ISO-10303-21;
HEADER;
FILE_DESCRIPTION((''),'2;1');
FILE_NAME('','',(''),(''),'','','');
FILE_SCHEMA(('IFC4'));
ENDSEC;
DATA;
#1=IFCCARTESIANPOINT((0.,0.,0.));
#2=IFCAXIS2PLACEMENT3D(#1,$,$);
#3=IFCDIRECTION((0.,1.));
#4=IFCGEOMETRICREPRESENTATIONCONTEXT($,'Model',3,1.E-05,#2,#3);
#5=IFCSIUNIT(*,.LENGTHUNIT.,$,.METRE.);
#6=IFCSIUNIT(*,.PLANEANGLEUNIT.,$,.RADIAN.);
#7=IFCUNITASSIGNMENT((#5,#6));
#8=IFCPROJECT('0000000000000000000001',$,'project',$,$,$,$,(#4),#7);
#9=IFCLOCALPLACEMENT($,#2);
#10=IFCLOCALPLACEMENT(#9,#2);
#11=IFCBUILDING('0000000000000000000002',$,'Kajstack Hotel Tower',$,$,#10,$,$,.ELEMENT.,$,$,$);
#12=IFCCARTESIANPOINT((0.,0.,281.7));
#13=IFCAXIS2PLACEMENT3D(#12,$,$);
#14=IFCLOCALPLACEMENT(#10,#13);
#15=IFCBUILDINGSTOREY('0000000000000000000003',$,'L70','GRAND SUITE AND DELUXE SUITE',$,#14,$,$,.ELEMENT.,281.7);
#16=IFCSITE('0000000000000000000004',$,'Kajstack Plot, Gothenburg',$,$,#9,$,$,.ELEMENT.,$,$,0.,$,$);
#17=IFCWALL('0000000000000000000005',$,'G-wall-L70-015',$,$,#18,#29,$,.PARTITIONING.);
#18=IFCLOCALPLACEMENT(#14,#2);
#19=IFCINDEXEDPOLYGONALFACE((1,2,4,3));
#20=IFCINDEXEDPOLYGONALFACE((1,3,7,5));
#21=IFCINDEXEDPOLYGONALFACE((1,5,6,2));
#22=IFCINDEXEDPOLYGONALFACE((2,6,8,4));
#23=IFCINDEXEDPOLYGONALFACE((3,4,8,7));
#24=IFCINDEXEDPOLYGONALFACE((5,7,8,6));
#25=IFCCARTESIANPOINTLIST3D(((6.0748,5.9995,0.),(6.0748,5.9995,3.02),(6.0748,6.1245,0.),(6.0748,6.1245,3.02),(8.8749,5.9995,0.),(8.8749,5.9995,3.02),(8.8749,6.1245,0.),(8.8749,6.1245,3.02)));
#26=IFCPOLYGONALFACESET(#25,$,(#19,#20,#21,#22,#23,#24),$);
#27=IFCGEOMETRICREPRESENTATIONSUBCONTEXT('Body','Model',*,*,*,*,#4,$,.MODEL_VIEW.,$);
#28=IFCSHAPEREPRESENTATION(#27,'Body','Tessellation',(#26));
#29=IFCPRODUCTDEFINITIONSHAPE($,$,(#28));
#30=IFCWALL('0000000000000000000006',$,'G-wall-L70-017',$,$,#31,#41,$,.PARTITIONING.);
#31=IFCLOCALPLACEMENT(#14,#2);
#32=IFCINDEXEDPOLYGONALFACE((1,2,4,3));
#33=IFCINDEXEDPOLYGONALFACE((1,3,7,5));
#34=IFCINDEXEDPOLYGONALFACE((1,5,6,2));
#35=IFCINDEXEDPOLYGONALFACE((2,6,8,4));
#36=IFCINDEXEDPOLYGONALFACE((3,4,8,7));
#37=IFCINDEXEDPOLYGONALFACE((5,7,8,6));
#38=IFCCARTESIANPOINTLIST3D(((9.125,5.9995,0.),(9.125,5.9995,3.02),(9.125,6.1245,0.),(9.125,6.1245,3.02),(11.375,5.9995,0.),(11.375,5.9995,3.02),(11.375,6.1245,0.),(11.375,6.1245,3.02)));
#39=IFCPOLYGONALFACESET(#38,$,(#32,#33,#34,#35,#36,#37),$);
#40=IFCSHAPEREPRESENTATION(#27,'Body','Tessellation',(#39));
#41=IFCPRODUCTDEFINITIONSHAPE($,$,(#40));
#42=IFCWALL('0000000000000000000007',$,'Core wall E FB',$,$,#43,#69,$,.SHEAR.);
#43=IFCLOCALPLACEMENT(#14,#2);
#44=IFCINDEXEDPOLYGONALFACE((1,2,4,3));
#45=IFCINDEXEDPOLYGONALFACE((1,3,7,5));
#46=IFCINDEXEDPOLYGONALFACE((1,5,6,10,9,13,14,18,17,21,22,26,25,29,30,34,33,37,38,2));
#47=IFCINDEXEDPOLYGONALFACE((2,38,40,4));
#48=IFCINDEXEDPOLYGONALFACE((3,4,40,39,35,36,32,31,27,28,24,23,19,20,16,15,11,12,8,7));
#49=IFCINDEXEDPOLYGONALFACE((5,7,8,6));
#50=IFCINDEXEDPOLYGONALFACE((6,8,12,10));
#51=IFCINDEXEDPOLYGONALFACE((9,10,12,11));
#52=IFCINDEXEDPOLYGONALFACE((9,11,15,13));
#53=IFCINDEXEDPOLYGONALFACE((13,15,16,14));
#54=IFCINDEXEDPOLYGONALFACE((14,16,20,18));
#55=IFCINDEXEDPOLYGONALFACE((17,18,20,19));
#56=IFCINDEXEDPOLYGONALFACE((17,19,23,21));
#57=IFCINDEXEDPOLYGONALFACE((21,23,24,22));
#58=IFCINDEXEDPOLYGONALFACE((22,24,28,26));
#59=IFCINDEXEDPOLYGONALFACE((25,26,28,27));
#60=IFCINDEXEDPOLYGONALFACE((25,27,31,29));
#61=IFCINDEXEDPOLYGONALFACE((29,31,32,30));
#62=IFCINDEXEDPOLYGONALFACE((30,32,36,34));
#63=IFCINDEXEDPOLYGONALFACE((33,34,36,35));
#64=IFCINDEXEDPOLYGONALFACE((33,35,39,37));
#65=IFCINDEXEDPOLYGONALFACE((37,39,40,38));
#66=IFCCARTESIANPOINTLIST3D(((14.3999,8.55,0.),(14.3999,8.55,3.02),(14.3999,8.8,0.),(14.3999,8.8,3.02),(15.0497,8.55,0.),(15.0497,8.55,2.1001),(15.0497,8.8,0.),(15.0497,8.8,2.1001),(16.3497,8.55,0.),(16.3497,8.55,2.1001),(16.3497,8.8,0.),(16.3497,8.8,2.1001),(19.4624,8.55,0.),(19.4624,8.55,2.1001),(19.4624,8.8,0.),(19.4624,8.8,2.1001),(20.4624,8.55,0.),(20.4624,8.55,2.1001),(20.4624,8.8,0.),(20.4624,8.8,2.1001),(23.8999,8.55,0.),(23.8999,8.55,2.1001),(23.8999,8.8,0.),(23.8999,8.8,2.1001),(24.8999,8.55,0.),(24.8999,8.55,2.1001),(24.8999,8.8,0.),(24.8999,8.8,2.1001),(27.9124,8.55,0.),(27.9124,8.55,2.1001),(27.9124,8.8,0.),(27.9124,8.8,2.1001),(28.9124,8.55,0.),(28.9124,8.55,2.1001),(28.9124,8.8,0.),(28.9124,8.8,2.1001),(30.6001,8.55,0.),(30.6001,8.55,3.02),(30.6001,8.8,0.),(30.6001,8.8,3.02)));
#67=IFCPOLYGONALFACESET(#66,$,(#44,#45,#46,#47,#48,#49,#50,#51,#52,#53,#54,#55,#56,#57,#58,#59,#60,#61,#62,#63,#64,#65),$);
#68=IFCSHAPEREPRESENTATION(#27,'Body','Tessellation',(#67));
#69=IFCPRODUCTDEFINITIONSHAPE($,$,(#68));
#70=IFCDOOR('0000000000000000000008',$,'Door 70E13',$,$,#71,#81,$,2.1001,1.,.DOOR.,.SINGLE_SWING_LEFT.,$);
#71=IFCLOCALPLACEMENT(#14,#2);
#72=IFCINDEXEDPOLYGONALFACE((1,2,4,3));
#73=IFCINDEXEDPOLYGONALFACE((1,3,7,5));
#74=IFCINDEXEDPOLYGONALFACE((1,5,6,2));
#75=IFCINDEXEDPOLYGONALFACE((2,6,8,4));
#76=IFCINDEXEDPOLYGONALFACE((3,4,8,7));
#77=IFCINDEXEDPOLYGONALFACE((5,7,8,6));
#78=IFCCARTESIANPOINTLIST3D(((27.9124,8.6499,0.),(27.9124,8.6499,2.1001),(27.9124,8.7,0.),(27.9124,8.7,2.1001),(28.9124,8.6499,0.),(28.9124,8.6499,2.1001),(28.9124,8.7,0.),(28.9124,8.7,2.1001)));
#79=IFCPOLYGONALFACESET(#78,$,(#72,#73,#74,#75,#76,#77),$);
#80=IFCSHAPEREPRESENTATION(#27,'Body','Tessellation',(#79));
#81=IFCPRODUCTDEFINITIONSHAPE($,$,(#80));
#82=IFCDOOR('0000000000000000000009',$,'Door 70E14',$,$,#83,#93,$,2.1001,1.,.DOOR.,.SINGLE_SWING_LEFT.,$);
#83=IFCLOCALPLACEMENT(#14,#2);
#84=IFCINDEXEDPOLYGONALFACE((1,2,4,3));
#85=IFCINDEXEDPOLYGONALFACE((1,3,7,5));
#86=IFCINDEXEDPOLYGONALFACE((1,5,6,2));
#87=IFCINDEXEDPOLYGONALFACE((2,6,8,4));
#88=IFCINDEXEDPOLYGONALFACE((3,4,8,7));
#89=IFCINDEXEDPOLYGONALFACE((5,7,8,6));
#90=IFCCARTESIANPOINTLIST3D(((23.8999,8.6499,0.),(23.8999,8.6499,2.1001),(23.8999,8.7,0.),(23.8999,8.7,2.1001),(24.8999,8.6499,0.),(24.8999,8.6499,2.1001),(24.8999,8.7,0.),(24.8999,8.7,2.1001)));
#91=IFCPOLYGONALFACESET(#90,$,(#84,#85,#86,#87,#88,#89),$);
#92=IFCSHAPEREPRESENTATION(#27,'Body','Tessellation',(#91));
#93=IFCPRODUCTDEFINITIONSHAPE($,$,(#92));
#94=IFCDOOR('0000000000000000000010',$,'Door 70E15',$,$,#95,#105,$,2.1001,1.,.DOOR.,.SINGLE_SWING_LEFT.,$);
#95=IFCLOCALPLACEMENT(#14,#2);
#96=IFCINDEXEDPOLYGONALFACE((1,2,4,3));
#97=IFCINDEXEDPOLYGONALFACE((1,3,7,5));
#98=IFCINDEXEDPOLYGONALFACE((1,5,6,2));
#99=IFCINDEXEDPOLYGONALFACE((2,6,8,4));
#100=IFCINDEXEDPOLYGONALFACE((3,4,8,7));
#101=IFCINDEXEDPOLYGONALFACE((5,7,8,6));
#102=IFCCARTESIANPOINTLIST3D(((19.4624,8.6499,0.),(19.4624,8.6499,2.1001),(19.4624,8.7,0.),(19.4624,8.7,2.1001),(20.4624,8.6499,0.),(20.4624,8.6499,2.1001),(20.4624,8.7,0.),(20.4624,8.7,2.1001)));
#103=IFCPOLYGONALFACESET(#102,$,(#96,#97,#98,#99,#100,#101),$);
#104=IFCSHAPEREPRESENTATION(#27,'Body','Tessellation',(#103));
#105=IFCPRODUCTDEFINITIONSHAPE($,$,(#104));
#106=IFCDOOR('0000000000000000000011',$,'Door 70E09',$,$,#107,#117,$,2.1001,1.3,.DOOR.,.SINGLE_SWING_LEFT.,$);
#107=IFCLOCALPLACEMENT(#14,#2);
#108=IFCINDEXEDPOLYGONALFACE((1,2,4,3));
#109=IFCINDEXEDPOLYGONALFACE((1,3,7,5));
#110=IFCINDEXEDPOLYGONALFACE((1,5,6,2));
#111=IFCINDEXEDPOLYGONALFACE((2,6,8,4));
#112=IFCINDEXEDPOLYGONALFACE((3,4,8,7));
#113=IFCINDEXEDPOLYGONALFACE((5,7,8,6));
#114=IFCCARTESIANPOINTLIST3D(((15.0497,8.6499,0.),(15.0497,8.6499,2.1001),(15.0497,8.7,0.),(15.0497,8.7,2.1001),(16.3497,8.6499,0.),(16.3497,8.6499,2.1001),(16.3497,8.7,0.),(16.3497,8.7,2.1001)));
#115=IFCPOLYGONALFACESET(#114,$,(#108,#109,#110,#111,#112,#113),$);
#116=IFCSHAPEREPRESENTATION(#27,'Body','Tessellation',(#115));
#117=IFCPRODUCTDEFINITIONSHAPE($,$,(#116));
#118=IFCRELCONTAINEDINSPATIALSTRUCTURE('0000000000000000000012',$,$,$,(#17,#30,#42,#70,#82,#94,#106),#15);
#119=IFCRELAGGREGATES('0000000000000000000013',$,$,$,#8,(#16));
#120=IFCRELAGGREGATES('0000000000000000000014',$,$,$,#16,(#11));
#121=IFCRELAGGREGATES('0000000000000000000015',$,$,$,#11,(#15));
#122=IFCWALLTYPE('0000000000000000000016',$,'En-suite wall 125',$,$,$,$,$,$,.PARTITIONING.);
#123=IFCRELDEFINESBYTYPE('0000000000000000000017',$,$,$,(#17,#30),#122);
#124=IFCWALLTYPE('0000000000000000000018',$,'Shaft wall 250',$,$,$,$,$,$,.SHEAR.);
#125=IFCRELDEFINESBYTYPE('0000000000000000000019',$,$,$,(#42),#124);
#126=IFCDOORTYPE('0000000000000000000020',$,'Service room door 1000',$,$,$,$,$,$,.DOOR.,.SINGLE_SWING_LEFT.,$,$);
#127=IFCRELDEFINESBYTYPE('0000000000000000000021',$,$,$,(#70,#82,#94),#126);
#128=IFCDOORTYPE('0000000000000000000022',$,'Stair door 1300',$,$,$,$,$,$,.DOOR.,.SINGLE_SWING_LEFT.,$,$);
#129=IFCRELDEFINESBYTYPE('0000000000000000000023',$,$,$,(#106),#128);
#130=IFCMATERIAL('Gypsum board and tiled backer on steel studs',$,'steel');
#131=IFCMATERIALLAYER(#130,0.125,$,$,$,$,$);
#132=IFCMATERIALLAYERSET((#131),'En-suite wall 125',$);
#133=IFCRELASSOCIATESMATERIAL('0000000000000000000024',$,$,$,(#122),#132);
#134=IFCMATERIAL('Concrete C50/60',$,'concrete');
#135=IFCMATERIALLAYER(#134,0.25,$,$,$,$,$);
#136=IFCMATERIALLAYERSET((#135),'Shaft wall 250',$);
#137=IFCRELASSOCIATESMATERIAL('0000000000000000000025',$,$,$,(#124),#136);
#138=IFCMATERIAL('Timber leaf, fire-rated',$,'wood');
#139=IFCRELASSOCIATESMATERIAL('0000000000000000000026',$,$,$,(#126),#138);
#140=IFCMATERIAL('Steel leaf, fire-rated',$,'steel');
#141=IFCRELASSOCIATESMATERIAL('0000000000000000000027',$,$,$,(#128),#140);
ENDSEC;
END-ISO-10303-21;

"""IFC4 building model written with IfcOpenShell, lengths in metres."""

from ifc_helpers import new_model, si_unit, direction, frame, frame_2d, origin, place, context, subcontext, project, spatial, rectangle, extrude, material, layer, layer_set, type_object, element, fill, save


model = new_model("IFC4")

# Units and contexts
model_context = context("Model", 3, precision=1e-05, world=origin(), true_north=direction((0.0, 1.0)))
body_context = subcontext(model_context, "Body", "Model", "MODEL_VIEW")
ifc_project = project(units=[si_unit("LENGTHUNIT", "METRE"), si_unit("PLANEANGLEUNIT", "RADIAN")], contexts=[model_context])

# Site, building, storey
site_placement = place(None, origin())
site = spatial("IfcSite", under=ifc_project, at=site_placement, Name="Kajstack Plot, Gothenburg", CompositionType="ELEMENT", RefElevation=0.0)
building_placement = place(site_placement, origin())
building = spatial("IfcBuilding", under=site, at=building_placement, Name="Kajstack Hotel Tower", CompositionType="ELEMENT")
storey_placement = place(building_placement, frame((0.0, 0.0, 281.7)))
storey = spatial("IfcBuildingStorey", under=building, at=storey_placement, Name="L70", Description="GRAND SUITE AND DELUXE SUITE", CompositionType="ELEMENT", Elevation=281.7)

# Walls
ifc_material_1 = material(Name="Gypsum board and tiled backer on steel studs", Category="steel")
ifc_layer_1 = layer(ifc_material_1, 0.125)
ifc_layer_set_1 = layer_set([ifc_layer_1], Name="En-suite wall 125")
wall_type_1 = type_object("IfcWallType", Name="En-suite wall 125", PredefinedType="PARTITIONING", material=ifc_layer_set_1)
wall_1_placement = place(storey_placement, frame((6.075, 6.062, 0.0), z_axis=(0.0, 0.0, 1.0), x_axis=(1.0, 0.0, 0.0)))
element("IfcWall", 1, at=wall_1_placement, inside=storey, type_object=wall_type_1, Name="G-wall-L70-015", PredefinedType="PARTITIONING", context=body_context, shape_type="SweptSolid", body=[
    extrude(rectangle(XDim=2.8, YDim=0.125, at=frame_2d((1.3999, 0.0))), origin(), (0.0, 0.0, 1.0), 3.02),
])
wall_2_placement = place(storey_placement, frame((9.125, 6.062, 0.0), z_axis=(0.0, 0.0, 1.0), x_axis=(1.0, 0.0, 0.0)))
element("IfcWall", 2, at=wall_2_placement, inside=storey, type_object=wall_type_1, Name="G-wall-L70-017", PredefinedType="PARTITIONING", context=body_context, shape_type="SweptSolid", body=[
    extrude(rectangle(XDim=2.25, YDim=0.125, at=frame_2d((1.125, 0.0))), origin(), (0.0, 0.0, 1.0), 3.02),
])

# Wall, openings, doors
ifc_material_2 = material(Name="Concrete C50/60", Category="concrete")
ifc_layer_2 = layer(ifc_material_2, 0.25)
ifc_layer_set_2 = layer_set([ifc_layer_2], Name="Shaft wall 250")
wall_type_2 = type_object("IfcWallType", Name="Shaft wall 250", PredefinedType="SHEAR", material=ifc_layer_set_2)
wall_3_placement = place(storey_placement, frame((14.3999, 8.675, 0.0), z_axis=(0.0, 0.0, 1.0), x_axis=(1.0, 0.0, 0.0)))
wall_3 = element("IfcWall", 3, at=wall_3_placement, inside=storey, type_object=wall_type_2, Name="Core wall E FB", PredefinedType="SHEAR", context=body_context, shape_type="SweptSolid", body=[
    extrude(rectangle(XDim=16.2002, YDim=0.25, at=frame_2d((8.1001, 0.0))), origin(), (0.0, 0.0, 1.0), 3.02),
])
opening_1_placement = place(wall_3_placement, frame((0.6499, 0.0, 0.0)))
opening_1 = element("IfcOpeningElement", 4, at=opening_1_placement, cuts=wall_3, PredefinedType="OPENING", context=body_context, shape_type="SweptSolid", body=[
    extrude(rectangle(XDim=1.3, YDim=2.1001, at=frame_2d((0.6499, 1.05))), frame((0.0, 0.135, 0.0), z_axis=(0.0, -1.0, 0.0), x_axis=(1.0, 0.0, 0.0)), (0.0, 0.0, 1.0), 0.27),
])
opening_2_placement = place(wall_3_placement, frame((13.5125, 0.0, 0.0)))
opening_2 = element("IfcOpeningElement", 5, at=opening_2_placement, cuts=wall_3, PredefinedType="OPENING", context=body_context, shape_type="SweptSolid", body=[
    extrude(rectangle(XDim=1.0, YDim=2.1001, at=frame_2d((0.5, 1.05))), frame((0.0, 0.135, 0.0), z_axis=(0.0, -1.0, 0.0), x_axis=(1.0, 0.0, 0.0)), (0.0, 0.0, 1.0), 0.27),
])
opening_3_placement = place(wall_3_placement, frame((9.5, 0.0, 0.0)))
opening_3 = element("IfcOpeningElement", 6, at=opening_3_placement, cuts=wall_3, PredefinedType="OPENING", context=body_context, shape_type="SweptSolid", body=[
    extrude(rectangle(XDim=1.0, YDim=2.1001, at=frame_2d((0.5, 1.05))), frame((0.0, 0.135, 0.0), z_axis=(0.0, -1.0, 0.0), x_axis=(1.0, 0.0, 0.0)), (0.0, 0.0, 1.0), 0.27),
])
opening_4_placement = place(wall_3_placement, frame((5.0625, 0.0, 0.0)))
opening_4 = element("IfcOpeningElement", 7, at=opening_4_placement, cuts=wall_3, PredefinedType="OPENING", context=body_context, shape_type="SweptSolid", body=[
    extrude(rectangle(XDim=1.0, YDim=2.1001, at=frame_2d((0.5, 1.05))), frame((0.0, 0.135, 0.0), z_axis=(0.0, -1.0, 0.0), x_axis=(1.0, 0.0, 0.0)), (0.0, 0.0, 1.0), 0.27),
])
ifc_material_3 = material(Name="Timber leaf, fire-rated", Category="wood")
door_type_1 = type_object("IfcDoorType", Name="Service room door 1000", OperationType="SINGLE_SWING_LEFT", PredefinedType="DOOR", material=ifc_material_3)
door_1_placement = place(opening_2_placement, origin())
door_1 = element("IfcDoor", 8, at=door_1_placement, inside=storey, type_object=door_type_1, Name="Door 70E13", OperationType="SINGLE_SWING_LEFT", OverallHeight=2.1001, OverallWidth=1.0, PredefinedType="DOOR", context=body_context, shape_type="SweptSolid", body=[
    extrude(rectangle(XDim=1.0, YDim=2.1001, at=frame_2d((0.5, 1.05))), frame((0.0, 0.0249, 0.0), z_axis=(0.0, -1.0, 0.0), x_axis=(1.0, 0.0, 0.0)), (0.0, 0.0, 1.0), 0.05),
])
fill(opening_2, door_1)
door_2_placement = place(opening_3_placement, origin())
door_2 = element("IfcDoor", 9, at=door_2_placement, inside=storey, type_object=door_type_1, Name="Door 70E14", OperationType="SINGLE_SWING_LEFT", OverallHeight=2.1001, OverallWidth=1.0, PredefinedType="DOOR", context=body_context, shape_type="SweptSolid", body=[
    extrude(rectangle(XDim=1.0, YDim=2.1001, at=frame_2d((0.5, 1.05))), frame((0.0, 0.0249, 0.0), z_axis=(0.0, -1.0, 0.0), x_axis=(1.0, 0.0, 0.0)), (0.0, 0.0, 1.0), 0.05),
])
fill(opening_3, door_2)
door_3_placement = place(opening_4_placement, origin())
door_3 = element("IfcDoor", 10, at=door_3_placement, inside=storey, type_object=door_type_1, Name="Door 70E15", OperationType="SINGLE_SWING_LEFT", OverallHeight=2.1001, OverallWidth=1.0, PredefinedType="DOOR", context=body_context, shape_type="SweptSolid", body=[
    extrude(rectangle(XDim=1.0, YDim=2.1001, at=frame_2d((0.5, 1.05))), frame((0.0, 0.0249, 0.0), z_axis=(0.0, -1.0, 0.0), x_axis=(1.0, 0.0, 0.0)), (0.0, 0.0, 1.0), 0.05),
])
fill(opening_4, door_3)
ifc_material_4 = material(Name="Steel leaf, fire-rated", Category="steel")
door_type_2 = type_object("IfcDoorType", Name="Stair door 1300", OperationType="SINGLE_SWING_LEFT", PredefinedType="DOOR", material=ifc_material_4)
door_4_placement = place(opening_1_placement, origin())
door_4 = element("IfcDoor", 11, at=door_4_placement, inside=storey, type_object=door_type_2, Name="Door 70E09", OperationType="SINGLE_SWING_LEFT", OverallHeight=2.1001, OverallWidth=1.3, PredefinedType="DOOR", context=body_context, shape_type="SweptSolid", body=[
    extrude(rectangle(XDim=1.3, YDim=2.1001, at=frame_2d((0.6499, 1.05))), frame((0.0, 0.0249, 0.0), z_axis=(0.0, -1.0, 0.0), x_axis=(1.0, 0.0, 0.0)), (0.0, 0.0, 1.0), 0.05),
])
fill(opening_1, door_4)

save(model, "model.ifc")
